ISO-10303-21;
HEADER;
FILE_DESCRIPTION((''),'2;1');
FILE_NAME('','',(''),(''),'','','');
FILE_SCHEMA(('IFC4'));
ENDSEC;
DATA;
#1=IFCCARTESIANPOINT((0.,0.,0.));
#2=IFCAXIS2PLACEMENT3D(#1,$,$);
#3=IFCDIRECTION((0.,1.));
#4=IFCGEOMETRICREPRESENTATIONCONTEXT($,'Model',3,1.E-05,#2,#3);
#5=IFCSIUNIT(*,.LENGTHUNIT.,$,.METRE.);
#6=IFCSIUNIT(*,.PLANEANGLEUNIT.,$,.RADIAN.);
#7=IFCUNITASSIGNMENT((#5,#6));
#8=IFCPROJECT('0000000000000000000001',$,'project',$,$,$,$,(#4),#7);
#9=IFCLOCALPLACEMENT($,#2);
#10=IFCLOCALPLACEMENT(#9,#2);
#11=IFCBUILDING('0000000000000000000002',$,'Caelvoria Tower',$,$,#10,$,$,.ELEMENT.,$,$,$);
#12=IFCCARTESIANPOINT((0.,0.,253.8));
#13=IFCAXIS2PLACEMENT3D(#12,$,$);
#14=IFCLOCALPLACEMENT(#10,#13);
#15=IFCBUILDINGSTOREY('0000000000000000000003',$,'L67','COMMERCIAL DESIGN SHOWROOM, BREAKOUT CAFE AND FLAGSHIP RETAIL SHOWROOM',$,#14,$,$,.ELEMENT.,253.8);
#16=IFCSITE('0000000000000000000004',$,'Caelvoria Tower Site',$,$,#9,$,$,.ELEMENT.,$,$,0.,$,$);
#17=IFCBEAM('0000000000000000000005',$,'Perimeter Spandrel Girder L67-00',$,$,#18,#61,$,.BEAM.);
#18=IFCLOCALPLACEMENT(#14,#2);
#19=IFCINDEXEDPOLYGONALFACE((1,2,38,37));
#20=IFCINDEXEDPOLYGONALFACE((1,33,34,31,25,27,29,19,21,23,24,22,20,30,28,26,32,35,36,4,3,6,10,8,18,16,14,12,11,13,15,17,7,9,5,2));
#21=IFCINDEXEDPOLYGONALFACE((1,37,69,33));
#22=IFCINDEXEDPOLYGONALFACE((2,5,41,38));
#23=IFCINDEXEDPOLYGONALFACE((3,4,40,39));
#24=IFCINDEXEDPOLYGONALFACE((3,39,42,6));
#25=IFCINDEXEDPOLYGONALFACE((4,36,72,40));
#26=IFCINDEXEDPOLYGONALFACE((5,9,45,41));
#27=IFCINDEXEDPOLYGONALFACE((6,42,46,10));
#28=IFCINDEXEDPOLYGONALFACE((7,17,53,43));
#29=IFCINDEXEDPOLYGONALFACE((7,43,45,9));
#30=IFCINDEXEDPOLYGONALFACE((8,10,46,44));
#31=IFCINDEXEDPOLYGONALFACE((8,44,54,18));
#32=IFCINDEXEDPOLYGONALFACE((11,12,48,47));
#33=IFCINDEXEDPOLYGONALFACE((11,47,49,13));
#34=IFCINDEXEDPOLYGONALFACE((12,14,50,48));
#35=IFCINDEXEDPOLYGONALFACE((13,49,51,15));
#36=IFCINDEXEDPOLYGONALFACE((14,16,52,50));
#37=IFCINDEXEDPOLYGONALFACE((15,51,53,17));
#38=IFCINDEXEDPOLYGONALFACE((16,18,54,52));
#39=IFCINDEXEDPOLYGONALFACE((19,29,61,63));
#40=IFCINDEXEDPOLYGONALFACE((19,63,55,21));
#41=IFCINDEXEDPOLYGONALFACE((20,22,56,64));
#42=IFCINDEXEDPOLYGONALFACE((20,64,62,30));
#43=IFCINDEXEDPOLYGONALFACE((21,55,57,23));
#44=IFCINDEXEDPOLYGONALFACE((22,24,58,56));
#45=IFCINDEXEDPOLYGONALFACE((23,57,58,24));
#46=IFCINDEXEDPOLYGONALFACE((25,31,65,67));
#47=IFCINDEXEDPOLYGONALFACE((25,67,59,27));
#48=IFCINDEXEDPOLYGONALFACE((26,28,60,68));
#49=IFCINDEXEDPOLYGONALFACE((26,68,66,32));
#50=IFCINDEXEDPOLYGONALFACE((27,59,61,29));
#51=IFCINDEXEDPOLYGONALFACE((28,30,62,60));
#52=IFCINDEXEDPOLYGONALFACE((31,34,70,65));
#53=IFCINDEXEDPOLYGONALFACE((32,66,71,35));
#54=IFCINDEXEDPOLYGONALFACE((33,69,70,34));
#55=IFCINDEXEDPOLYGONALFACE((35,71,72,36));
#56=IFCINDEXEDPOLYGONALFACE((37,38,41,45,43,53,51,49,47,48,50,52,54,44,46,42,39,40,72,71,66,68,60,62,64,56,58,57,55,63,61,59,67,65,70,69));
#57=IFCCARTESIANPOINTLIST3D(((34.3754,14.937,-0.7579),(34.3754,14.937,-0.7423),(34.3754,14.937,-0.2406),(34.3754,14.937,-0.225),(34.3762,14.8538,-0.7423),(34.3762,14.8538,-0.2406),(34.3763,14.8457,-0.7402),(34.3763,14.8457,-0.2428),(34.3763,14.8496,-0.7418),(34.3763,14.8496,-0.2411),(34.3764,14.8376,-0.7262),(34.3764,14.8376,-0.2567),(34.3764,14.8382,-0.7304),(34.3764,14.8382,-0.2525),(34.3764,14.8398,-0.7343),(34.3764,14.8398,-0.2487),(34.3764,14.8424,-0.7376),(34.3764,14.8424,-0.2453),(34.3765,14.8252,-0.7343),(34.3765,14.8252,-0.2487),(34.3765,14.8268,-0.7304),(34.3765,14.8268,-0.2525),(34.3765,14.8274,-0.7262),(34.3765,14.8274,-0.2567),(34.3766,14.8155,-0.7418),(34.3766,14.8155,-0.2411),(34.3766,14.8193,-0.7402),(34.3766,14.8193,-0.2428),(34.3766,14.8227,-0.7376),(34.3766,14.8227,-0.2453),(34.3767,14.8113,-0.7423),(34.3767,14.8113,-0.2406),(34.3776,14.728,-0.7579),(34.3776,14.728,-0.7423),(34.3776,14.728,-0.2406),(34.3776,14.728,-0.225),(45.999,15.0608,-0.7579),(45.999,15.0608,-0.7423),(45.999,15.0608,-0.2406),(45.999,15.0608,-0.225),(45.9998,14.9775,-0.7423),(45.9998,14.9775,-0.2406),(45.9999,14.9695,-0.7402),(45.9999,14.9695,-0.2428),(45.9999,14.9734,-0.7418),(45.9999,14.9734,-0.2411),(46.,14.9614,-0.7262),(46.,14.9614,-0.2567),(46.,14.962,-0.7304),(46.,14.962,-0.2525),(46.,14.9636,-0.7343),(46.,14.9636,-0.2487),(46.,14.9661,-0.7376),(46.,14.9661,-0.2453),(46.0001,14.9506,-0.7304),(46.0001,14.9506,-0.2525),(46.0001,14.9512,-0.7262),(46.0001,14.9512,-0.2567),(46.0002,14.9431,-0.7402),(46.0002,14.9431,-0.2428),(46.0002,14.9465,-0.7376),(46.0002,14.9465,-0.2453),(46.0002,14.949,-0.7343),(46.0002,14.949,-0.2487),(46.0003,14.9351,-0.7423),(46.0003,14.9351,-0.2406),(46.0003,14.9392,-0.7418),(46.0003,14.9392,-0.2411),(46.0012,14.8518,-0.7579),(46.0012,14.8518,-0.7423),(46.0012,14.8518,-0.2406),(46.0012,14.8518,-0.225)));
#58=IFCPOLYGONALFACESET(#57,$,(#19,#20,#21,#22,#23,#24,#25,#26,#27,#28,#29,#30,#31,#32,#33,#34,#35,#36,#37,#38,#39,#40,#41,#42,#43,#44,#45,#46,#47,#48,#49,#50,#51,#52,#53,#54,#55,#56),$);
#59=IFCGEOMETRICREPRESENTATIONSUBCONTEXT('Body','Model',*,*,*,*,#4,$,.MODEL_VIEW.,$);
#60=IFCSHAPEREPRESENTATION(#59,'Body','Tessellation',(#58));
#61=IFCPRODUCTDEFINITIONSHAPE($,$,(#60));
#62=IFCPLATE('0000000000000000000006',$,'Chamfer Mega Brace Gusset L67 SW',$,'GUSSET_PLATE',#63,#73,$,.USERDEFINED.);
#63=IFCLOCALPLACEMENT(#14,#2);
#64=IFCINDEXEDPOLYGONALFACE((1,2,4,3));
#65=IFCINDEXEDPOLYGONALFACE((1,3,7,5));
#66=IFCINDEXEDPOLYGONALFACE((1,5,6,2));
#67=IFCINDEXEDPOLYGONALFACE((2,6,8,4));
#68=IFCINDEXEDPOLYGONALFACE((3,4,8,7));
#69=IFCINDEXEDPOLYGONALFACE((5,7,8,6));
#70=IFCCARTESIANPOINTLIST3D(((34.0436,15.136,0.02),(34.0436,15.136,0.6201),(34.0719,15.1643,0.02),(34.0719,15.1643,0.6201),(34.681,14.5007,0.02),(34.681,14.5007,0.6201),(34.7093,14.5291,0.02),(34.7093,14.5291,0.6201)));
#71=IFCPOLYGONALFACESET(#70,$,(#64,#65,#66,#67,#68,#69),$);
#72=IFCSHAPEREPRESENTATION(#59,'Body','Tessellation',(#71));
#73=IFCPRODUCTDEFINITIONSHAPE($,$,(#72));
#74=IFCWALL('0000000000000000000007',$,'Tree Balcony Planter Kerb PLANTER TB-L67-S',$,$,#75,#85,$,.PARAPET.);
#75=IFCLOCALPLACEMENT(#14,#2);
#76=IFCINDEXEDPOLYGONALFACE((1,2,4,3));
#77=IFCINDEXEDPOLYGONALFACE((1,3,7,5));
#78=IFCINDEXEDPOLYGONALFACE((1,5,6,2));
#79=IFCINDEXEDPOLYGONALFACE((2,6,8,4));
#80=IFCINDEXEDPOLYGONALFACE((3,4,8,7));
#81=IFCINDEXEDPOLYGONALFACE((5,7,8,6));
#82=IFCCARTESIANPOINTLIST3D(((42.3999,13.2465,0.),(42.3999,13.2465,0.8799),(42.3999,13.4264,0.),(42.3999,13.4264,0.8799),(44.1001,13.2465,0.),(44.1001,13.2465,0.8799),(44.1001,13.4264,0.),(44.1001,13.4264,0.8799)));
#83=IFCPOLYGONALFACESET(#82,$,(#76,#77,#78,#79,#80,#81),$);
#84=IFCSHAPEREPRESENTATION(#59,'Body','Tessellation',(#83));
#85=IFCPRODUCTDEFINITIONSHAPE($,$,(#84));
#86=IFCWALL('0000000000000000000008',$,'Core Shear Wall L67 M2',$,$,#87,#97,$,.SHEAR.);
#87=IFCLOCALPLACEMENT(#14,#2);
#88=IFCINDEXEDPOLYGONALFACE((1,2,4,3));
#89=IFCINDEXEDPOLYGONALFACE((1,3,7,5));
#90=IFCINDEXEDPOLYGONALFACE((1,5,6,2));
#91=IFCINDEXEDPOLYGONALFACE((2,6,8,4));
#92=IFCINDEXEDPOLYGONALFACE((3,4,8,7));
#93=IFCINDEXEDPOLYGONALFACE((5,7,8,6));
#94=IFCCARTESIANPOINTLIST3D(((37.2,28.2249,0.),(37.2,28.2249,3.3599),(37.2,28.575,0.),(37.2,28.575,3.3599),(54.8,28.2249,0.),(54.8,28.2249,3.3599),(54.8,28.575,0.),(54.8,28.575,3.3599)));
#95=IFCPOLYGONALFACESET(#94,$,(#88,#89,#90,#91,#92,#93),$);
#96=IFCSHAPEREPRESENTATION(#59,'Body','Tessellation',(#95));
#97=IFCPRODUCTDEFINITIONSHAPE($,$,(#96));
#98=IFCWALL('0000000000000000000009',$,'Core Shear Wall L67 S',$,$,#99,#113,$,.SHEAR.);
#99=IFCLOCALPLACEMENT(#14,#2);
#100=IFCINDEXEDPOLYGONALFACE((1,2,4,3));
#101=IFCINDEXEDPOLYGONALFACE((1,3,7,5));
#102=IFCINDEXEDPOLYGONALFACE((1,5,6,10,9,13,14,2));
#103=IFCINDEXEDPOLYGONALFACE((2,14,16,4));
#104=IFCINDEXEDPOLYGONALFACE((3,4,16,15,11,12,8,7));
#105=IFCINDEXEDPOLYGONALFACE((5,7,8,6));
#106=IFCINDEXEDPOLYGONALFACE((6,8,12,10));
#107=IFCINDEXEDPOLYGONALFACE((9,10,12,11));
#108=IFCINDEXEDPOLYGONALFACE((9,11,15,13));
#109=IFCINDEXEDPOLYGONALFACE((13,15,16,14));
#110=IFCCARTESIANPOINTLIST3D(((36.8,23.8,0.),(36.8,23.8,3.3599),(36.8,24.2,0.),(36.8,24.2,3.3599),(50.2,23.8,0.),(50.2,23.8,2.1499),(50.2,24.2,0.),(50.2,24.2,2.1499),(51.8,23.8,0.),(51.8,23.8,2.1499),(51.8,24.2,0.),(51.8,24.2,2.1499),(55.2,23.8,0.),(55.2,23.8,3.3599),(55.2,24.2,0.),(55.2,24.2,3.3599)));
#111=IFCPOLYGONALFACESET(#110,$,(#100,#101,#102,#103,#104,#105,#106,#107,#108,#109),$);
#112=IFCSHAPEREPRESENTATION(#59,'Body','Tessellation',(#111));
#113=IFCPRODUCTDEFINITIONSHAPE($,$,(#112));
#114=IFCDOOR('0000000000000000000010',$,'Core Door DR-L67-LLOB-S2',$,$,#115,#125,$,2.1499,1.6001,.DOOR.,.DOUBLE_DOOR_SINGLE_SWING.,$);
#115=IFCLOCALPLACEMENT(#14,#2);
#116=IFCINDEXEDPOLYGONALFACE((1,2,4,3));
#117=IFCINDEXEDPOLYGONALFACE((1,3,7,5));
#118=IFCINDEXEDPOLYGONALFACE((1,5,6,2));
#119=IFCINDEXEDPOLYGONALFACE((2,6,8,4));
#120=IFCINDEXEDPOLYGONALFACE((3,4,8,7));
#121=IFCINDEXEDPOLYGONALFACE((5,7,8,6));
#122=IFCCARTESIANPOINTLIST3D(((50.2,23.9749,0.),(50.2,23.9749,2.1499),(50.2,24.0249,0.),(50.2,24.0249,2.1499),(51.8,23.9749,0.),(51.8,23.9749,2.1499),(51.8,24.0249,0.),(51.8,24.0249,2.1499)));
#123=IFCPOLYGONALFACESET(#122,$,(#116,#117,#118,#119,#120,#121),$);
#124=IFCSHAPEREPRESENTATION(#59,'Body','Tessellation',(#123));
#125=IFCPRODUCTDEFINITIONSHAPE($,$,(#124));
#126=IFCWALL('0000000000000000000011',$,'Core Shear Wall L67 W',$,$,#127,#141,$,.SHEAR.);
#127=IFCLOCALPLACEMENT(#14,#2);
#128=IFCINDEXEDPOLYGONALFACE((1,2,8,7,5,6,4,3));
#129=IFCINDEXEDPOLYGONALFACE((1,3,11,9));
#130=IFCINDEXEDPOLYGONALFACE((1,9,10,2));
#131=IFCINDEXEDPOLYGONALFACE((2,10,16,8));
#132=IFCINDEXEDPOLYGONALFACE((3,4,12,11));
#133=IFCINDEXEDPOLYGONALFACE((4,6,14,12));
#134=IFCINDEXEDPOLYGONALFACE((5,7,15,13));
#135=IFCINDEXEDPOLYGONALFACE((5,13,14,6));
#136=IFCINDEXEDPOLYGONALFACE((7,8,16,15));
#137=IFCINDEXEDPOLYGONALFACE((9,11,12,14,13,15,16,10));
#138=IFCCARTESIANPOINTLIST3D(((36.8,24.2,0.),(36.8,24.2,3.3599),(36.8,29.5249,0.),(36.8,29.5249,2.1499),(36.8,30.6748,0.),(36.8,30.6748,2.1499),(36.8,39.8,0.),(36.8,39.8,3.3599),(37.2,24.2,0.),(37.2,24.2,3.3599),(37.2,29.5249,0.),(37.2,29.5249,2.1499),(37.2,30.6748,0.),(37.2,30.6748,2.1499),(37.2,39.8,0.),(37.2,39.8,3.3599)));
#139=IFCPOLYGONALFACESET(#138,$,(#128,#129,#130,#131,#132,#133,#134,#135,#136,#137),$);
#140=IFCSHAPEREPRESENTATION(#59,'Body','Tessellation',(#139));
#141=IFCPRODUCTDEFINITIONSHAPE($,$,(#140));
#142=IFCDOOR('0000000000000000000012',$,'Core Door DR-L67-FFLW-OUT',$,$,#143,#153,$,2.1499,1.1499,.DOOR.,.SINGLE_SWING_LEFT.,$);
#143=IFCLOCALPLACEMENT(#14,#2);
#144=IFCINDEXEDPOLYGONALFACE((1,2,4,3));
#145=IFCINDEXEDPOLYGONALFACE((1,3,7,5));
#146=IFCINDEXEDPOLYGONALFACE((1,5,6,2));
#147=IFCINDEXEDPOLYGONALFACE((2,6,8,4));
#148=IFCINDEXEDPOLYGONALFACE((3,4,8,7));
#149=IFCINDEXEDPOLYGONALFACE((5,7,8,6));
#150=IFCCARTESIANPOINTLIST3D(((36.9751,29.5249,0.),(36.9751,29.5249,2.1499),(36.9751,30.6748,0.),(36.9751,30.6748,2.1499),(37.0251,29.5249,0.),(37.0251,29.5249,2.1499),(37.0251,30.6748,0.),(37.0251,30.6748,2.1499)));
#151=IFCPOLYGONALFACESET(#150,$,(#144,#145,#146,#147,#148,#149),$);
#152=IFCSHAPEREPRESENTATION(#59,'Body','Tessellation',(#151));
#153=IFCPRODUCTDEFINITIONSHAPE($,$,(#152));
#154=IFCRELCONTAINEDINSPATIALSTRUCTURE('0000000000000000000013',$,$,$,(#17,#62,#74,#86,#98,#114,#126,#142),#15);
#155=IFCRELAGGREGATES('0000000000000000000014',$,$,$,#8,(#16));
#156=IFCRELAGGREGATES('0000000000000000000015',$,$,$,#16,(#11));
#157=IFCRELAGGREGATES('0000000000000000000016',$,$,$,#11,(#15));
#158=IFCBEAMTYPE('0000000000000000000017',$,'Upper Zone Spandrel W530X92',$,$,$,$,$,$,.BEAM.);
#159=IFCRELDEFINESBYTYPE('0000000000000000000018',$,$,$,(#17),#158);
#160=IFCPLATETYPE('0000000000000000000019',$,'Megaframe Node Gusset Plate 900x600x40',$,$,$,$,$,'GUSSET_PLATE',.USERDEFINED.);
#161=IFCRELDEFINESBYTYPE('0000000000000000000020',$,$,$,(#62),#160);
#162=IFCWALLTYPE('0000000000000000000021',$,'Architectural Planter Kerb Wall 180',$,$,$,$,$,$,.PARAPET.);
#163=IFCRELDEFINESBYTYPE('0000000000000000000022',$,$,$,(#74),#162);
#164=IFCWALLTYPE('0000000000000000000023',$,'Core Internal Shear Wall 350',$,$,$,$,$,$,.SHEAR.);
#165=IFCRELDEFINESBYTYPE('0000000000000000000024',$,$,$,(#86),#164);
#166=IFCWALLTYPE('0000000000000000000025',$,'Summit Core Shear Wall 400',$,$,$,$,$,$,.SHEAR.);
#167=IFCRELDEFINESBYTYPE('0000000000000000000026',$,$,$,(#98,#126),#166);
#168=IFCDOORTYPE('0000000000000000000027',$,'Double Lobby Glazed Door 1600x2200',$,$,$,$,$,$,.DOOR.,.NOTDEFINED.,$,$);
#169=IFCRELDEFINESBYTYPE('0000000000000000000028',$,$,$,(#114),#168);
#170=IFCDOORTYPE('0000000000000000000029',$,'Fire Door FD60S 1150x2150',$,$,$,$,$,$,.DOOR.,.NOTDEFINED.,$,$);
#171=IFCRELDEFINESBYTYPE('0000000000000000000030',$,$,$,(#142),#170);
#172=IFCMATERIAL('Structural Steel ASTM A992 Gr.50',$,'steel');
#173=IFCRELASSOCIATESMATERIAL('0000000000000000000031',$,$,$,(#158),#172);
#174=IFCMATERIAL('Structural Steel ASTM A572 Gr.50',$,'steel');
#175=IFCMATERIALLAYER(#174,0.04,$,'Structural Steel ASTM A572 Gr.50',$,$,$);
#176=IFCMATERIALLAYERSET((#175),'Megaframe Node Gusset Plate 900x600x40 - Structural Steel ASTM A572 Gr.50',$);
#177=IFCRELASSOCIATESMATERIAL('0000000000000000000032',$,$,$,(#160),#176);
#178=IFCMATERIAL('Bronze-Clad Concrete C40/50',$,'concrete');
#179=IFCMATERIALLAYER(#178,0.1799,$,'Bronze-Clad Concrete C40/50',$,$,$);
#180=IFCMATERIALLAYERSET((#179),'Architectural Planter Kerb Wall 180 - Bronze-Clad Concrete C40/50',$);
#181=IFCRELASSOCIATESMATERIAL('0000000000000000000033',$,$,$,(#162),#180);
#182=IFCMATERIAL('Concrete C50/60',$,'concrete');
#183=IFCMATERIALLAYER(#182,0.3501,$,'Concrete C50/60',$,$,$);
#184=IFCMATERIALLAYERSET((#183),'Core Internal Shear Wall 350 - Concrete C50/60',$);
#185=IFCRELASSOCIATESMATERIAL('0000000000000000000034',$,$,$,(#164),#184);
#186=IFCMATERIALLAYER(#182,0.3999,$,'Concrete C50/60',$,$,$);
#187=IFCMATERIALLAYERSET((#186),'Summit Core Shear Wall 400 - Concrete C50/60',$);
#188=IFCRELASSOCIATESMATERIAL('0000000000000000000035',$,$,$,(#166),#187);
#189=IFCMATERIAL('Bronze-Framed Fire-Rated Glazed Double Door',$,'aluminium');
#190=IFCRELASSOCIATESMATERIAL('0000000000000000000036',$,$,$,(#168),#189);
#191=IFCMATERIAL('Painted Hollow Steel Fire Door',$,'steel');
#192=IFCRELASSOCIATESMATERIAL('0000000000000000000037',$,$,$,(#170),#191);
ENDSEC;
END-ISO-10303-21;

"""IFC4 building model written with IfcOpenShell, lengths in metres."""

from ifc_helpers import new_model, si_unit, direction, frame, frame_2d, origin, origin_2d, place, context, subcontext, project, spatial, rectangle, i_section, extrude, material, layer, layer_set, material_profile, profile_set, type_object, element, fill, save


model = new_model("IFC4")

# Units and contexts
model_context = context("Model", 3, precision=1e-05, world=origin(), true_north=direction((0.0, 1.0)))
body_context = subcontext(model_context, "Body", "Model", "MODEL_VIEW")
ifc_project = project(units=[si_unit("LENGTHUNIT", "METRE"), si_unit("PLANEANGLEUNIT", "RADIAN")], contexts=[model_context])

# Site, building, storey
site_placement = place(None, origin())
site = spatial("IfcSite", under=ifc_project, at=site_placement, Name="Caelvoria Tower Site", CompositionType="ELEMENT", RefElevation=0.0)
building_placement = place(site_placement, origin())
building = spatial("IfcBuilding", under=site, at=building_placement, Name="Caelvoria Tower", CompositionType="ELEMENT")
storey_placement = place(building_placement, frame((0.0, 0.0, 253.8)))
storey = spatial("IfcBuildingStorey", under=building, at=storey_placement, Name="L67", Description="COMMERCIAL DESIGN SHOWROOM, BREAKOUT CAFE AND FLAGSHIP RETAIL SHOWROOM", CompositionType="ELEMENT", Elevation=253.8)

# Shared definitions
ifc_material_1 = material(Name="Structural Steel ASTM A572 Gr.50", Category="steel")

# Shared definitions
ifc_material_2 = material(Name="Structural Steel ASTM A992 Gr.50", Category="steel")

# Beam
ifc_material_profile_1 = material_profile(ifc_material_2, i_section(OverallWidth=0.209, OverallDepth=0.533, WebThickness=0.0103, FlangeThickness=0.0156, FilletRadius=0.0161, at=origin_2d()), Name="Structural Steel ASTM A992 Gr.50")
ifc_profile_set_1 = profile_set([ifc_material_profile_1], Name="W530X92 - Structural Steel ASTM A992 Gr.50")
beam_type_1 = type_object("IfcBeamType", Name="Upper Zone Spandrel W530X92", PredefinedType="BEAM", material=ifc_profile_set_1)
beam_1_placement = place(storey_placement, frame((34.3765, 14.8325, -0.4915), z_axis=(0.999943, 0.010648, 0.0), x_axis=(-0.010648, 0.999943, 0.0)))
element("IfcBeam", 1, at=beam_1_placement, inside=storey, type_object=beam_type_1, Name="Perimeter Spandrel Girder L67-00", PredefinedType="BEAM", context=body_context, shape_type="SweptSolid", body=[
    extrude(i_section(OverallWidth=0.209, OverallDepth=0.533, WebThickness=0.0103, FlangeThickness=0.0156, FilletRadius=0.0161, at=origin_2d()), origin(), (0.0, 0.0, 1.0), 11.6243),
])

# Plate
ifc_layer_1 = layer(ifc_material_1, 0.04, Name="Structural Steel ASTM A572 Gr.50")
ifc_layer_set_1 = layer_set([ifc_layer_1], Name="Megaframe Node Gusset Plate 900x600x40 - Structural Steel ASTM A572 Gr.50")
plate_type = type_object("IfcPlateType", Name="Megaframe Node Gusset Plate 900x600x40", ElementType="GUSSET_PLATE", PredefinedType="USERDEFINED", material=ifc_layer_set_1)
plate_placement = place(storey_placement, frame((34.3765, 14.8325, 0.02), z_axis=(0.0, 0.0, 1.0), x_axis=(-0.708312, 0.7059, 0.0)))
element("IfcPlate", 2, at=plate_placement, inside=storey, type_object=plate_type, Name="Chamfer Mega Brace Gusset L67 SW", ObjectType="GUSSET_PLATE", PredefinedType="USERDEFINED", context=body_context, shape_type="SweptSolid", body=[
    extrude(rectangle(XDim=0.8999, YDim=0.04, at=origin_2d()), origin(), (0.0, 0.0, 1.0), 0.6001),
])

# Walls
ifc_material_3 = material(Name="Bronze-Clad Concrete C40/50", Category="concrete")
ifc_layer_2 = layer(ifc_material_3, 0.1799, Name="Bronze-Clad Concrete C40/50")
ifc_layer_set_2 = layer_set([ifc_layer_2], Name="Architectural Planter Kerb Wall 180 - Bronze-Clad Concrete C40/50")
wall_type_1 = type_object("IfcWallType", Name="Architectural Planter Kerb Wall 180", PredefinedType="PARAPET", material=ifc_layer_set_2)
wall_1_placement = place(storey_placement, frame((42.3999, 13.3364, 0.0), z_axis=(0.0, 0.0, 1.0), x_axis=(1.0, 0.0, 0.0)))
element("IfcWall", 3, at=wall_1_placement, inside=storey, type_object=wall_type_1, Name="Tree Balcony Planter Kerb PLANTER TB-L67-S", PredefinedType="PARAPET", context=body_context, shape_type="SweptSolid", body=[
    extrude(rectangle(XDim=1.7002, YDim=0.1799, at=frame_2d((0.8501, 0.0))), origin(), (0.0, 0.0, 1.0), 0.8799),
])
ifc_material_4 = material(Name="Concrete C50/60", Category="concrete")
ifc_layer_3 = layer(ifc_material_4, 0.3501, Name="Concrete C50/60")
ifc_layer_set_3 = layer_set([ifc_layer_3], Name="Core Internal Shear Wall 350 - Concrete C50/60")
wall_type_2 = type_object("IfcWallType", Name="Core Internal Shear Wall 350", PredefinedType="SHEAR", material=ifc_layer_set_3)
wall_2_placement = place(storey_placement, frame((37.2, 28.3999, 0.0), z_axis=(0.0, 0.0, 1.0), x_axis=(1.0, 0.0, 0.0)))
element("IfcWall", 4, at=wall_2_placement, inside=storey, type_object=wall_type_2, Name="Core Shear Wall L67 M2", PredefinedType="SHEAR", context=body_context, shape_type="SweptSolid", body=[
    extrude(rectangle(XDim=17.6001, YDim=0.3501, at=frame_2d((8.8, 0.0))), origin(), (0.0, 0.0, 1.0), 3.3599),
])

# Walls, openings, doors
ifc_layer_4 = layer(ifc_material_4, 0.3999, Name="Concrete C50/60")
ifc_layer_set_4 = layer_set([ifc_layer_4], Name="Summit Core Shear Wall 400 - Concrete C50/60")
wall_type_3 = type_object("IfcWallType", Name="Summit Core Shear Wall 400", PredefinedType="SHEAR", material=ifc_layer_set_4)
wall_3_placement = place(storey_placement, frame((36.8, 24.0, 0.0), z_axis=(0.0, 0.0, 1.0), x_axis=(1.0, 0.0, 0.0)))
wall_3 = element("IfcWall", 5, at=wall_3_placement, inside=storey, type_object=wall_type_3, Name="Core Shear Wall L67 S", PredefinedType="SHEAR", context=body_context, shape_type="SweptSolid", body=[
    extrude(rectangle(XDim=18.3999, YDim=0.3999, at=frame_2d((9.2, 0.0))), origin(), (0.0, 0.0, 1.0), 3.3599),
])
opening_1_placement = place(wall_3_placement, frame((13.3999, 0.0, 0.0)))
opening_1 = element("IfcOpeningElement", 6, at=opening_1_placement, cuts=wall_3, PredefinedType="OPENING", context=body_context, shape_type="SweptSolid", body=[
    extrude(rectangle(XDim=1.6001, YDim=2.1499, at=frame_2d((0.8, 1.075))), frame((0.0, 0.21, 0.0), z_axis=(0.0, -1.0, 0.0), x_axis=(1.0, 0.0, 0.0)), (0.0, 0.0, 1.0), 0.4199),
])
ifc_material_5 = material(Name="Bronze-Framed Fire-Rated Glazed Double Door", Category="aluminium")
door_type_1 = type_object("IfcDoorType", Name="Double Lobby Glazed Door 1600x2200", OperationType="NOTDEFINED", PredefinedType="DOOR", material=ifc_material_5)
door_1_placement = place(opening_1_placement, origin())
door_1 = element("IfcDoor", 7, at=door_1_placement, inside=storey, type_object=door_type_1, Name="Core Door DR-L67-LLOB-S2", OperationType="DOUBLE_DOOR_SINGLE_SWING", OverallHeight=2.1499, OverallWidth=1.6001, PredefinedType="DOOR", context=body_context, shape_type="SweptSolid", body=[
    extrude(rectangle(XDim=1.6001, YDim=2.1499, at=frame_2d((0.8, 1.075))), frame((0.0, 0.0249, 0.0), z_axis=(0.0, -1.0, 0.0), x_axis=(1.0, 0.0, 0.0)), (0.0, 0.0, 1.0), 0.05),
])
fill(opening_1, door_1)
wall_4_placement = place(storey_placement, frame((37.0, 24.2, 0.0), z_axis=(0.0, 0.0, 1.0), x_axis=(0.0, 1.0, 0.0)))
wall_4 = element("IfcWall", 8, at=wall_4_placement, inside=storey, type_object=wall_type_3, Name="Core Shear Wall L67 W", PredefinedType="SHEAR", context=body_context, shape_type="SweptSolid", body=[
    extrude(rectangle(XDim=15.6001, YDim=0.3999, at=frame_2d((7.8, 0.0))), origin(), (0.0, 0.0, 1.0), 3.3599),
])
opening_2_placement = place(wall_4_placement, frame((5.325, 0.0, 0.0)))
opening_2 = element("IfcOpeningElement", 9, at=opening_2_placement, cuts=wall_4, PredefinedType="OPENING", context=body_context, shape_type="SweptSolid", body=[
    extrude(rectangle(XDim=1.1499, YDim=2.1499, at=frame_2d((0.575, 1.075))), frame((0.0, 0.21, 0.0), z_axis=(0.0, -1.0, 0.0), x_axis=(1.0, 0.0, 0.0)), (0.0, 0.0, 1.0), 0.4199),
])
ifc_material_6 = material(Name="Painted Hollow Steel Fire Door", Category="steel")
door_type_2 = type_object("IfcDoorType", Name="Fire Door FD60S 1150x2150", OperationType="NOTDEFINED", PredefinedType="DOOR", material=ifc_material_6)
door_2_placement = place(opening_2_placement, origin())
door_2 = element("IfcDoor", 10, at=door_2_placement, inside=storey, type_object=door_type_2, Name="Core Door DR-L67-FFLW-OUT", OperationType="SINGLE_SWING_LEFT", OverallHeight=2.1499, OverallWidth=1.1499, PredefinedType="DOOR", context=body_context, shape_type="SweptSolid", body=[
    extrude(rectangle(XDim=1.1499, YDim=2.1499, at=frame_2d((0.575, 1.075))), frame((0.0, 0.0249, 0.0), z_axis=(0.0, -1.0, 0.0), x_axis=(1.0, 0.0, 0.0)), (0.0, 0.0, 1.0), 0.05),
])
fill(opening_2, door_2)

save(model, "model.ifc")
